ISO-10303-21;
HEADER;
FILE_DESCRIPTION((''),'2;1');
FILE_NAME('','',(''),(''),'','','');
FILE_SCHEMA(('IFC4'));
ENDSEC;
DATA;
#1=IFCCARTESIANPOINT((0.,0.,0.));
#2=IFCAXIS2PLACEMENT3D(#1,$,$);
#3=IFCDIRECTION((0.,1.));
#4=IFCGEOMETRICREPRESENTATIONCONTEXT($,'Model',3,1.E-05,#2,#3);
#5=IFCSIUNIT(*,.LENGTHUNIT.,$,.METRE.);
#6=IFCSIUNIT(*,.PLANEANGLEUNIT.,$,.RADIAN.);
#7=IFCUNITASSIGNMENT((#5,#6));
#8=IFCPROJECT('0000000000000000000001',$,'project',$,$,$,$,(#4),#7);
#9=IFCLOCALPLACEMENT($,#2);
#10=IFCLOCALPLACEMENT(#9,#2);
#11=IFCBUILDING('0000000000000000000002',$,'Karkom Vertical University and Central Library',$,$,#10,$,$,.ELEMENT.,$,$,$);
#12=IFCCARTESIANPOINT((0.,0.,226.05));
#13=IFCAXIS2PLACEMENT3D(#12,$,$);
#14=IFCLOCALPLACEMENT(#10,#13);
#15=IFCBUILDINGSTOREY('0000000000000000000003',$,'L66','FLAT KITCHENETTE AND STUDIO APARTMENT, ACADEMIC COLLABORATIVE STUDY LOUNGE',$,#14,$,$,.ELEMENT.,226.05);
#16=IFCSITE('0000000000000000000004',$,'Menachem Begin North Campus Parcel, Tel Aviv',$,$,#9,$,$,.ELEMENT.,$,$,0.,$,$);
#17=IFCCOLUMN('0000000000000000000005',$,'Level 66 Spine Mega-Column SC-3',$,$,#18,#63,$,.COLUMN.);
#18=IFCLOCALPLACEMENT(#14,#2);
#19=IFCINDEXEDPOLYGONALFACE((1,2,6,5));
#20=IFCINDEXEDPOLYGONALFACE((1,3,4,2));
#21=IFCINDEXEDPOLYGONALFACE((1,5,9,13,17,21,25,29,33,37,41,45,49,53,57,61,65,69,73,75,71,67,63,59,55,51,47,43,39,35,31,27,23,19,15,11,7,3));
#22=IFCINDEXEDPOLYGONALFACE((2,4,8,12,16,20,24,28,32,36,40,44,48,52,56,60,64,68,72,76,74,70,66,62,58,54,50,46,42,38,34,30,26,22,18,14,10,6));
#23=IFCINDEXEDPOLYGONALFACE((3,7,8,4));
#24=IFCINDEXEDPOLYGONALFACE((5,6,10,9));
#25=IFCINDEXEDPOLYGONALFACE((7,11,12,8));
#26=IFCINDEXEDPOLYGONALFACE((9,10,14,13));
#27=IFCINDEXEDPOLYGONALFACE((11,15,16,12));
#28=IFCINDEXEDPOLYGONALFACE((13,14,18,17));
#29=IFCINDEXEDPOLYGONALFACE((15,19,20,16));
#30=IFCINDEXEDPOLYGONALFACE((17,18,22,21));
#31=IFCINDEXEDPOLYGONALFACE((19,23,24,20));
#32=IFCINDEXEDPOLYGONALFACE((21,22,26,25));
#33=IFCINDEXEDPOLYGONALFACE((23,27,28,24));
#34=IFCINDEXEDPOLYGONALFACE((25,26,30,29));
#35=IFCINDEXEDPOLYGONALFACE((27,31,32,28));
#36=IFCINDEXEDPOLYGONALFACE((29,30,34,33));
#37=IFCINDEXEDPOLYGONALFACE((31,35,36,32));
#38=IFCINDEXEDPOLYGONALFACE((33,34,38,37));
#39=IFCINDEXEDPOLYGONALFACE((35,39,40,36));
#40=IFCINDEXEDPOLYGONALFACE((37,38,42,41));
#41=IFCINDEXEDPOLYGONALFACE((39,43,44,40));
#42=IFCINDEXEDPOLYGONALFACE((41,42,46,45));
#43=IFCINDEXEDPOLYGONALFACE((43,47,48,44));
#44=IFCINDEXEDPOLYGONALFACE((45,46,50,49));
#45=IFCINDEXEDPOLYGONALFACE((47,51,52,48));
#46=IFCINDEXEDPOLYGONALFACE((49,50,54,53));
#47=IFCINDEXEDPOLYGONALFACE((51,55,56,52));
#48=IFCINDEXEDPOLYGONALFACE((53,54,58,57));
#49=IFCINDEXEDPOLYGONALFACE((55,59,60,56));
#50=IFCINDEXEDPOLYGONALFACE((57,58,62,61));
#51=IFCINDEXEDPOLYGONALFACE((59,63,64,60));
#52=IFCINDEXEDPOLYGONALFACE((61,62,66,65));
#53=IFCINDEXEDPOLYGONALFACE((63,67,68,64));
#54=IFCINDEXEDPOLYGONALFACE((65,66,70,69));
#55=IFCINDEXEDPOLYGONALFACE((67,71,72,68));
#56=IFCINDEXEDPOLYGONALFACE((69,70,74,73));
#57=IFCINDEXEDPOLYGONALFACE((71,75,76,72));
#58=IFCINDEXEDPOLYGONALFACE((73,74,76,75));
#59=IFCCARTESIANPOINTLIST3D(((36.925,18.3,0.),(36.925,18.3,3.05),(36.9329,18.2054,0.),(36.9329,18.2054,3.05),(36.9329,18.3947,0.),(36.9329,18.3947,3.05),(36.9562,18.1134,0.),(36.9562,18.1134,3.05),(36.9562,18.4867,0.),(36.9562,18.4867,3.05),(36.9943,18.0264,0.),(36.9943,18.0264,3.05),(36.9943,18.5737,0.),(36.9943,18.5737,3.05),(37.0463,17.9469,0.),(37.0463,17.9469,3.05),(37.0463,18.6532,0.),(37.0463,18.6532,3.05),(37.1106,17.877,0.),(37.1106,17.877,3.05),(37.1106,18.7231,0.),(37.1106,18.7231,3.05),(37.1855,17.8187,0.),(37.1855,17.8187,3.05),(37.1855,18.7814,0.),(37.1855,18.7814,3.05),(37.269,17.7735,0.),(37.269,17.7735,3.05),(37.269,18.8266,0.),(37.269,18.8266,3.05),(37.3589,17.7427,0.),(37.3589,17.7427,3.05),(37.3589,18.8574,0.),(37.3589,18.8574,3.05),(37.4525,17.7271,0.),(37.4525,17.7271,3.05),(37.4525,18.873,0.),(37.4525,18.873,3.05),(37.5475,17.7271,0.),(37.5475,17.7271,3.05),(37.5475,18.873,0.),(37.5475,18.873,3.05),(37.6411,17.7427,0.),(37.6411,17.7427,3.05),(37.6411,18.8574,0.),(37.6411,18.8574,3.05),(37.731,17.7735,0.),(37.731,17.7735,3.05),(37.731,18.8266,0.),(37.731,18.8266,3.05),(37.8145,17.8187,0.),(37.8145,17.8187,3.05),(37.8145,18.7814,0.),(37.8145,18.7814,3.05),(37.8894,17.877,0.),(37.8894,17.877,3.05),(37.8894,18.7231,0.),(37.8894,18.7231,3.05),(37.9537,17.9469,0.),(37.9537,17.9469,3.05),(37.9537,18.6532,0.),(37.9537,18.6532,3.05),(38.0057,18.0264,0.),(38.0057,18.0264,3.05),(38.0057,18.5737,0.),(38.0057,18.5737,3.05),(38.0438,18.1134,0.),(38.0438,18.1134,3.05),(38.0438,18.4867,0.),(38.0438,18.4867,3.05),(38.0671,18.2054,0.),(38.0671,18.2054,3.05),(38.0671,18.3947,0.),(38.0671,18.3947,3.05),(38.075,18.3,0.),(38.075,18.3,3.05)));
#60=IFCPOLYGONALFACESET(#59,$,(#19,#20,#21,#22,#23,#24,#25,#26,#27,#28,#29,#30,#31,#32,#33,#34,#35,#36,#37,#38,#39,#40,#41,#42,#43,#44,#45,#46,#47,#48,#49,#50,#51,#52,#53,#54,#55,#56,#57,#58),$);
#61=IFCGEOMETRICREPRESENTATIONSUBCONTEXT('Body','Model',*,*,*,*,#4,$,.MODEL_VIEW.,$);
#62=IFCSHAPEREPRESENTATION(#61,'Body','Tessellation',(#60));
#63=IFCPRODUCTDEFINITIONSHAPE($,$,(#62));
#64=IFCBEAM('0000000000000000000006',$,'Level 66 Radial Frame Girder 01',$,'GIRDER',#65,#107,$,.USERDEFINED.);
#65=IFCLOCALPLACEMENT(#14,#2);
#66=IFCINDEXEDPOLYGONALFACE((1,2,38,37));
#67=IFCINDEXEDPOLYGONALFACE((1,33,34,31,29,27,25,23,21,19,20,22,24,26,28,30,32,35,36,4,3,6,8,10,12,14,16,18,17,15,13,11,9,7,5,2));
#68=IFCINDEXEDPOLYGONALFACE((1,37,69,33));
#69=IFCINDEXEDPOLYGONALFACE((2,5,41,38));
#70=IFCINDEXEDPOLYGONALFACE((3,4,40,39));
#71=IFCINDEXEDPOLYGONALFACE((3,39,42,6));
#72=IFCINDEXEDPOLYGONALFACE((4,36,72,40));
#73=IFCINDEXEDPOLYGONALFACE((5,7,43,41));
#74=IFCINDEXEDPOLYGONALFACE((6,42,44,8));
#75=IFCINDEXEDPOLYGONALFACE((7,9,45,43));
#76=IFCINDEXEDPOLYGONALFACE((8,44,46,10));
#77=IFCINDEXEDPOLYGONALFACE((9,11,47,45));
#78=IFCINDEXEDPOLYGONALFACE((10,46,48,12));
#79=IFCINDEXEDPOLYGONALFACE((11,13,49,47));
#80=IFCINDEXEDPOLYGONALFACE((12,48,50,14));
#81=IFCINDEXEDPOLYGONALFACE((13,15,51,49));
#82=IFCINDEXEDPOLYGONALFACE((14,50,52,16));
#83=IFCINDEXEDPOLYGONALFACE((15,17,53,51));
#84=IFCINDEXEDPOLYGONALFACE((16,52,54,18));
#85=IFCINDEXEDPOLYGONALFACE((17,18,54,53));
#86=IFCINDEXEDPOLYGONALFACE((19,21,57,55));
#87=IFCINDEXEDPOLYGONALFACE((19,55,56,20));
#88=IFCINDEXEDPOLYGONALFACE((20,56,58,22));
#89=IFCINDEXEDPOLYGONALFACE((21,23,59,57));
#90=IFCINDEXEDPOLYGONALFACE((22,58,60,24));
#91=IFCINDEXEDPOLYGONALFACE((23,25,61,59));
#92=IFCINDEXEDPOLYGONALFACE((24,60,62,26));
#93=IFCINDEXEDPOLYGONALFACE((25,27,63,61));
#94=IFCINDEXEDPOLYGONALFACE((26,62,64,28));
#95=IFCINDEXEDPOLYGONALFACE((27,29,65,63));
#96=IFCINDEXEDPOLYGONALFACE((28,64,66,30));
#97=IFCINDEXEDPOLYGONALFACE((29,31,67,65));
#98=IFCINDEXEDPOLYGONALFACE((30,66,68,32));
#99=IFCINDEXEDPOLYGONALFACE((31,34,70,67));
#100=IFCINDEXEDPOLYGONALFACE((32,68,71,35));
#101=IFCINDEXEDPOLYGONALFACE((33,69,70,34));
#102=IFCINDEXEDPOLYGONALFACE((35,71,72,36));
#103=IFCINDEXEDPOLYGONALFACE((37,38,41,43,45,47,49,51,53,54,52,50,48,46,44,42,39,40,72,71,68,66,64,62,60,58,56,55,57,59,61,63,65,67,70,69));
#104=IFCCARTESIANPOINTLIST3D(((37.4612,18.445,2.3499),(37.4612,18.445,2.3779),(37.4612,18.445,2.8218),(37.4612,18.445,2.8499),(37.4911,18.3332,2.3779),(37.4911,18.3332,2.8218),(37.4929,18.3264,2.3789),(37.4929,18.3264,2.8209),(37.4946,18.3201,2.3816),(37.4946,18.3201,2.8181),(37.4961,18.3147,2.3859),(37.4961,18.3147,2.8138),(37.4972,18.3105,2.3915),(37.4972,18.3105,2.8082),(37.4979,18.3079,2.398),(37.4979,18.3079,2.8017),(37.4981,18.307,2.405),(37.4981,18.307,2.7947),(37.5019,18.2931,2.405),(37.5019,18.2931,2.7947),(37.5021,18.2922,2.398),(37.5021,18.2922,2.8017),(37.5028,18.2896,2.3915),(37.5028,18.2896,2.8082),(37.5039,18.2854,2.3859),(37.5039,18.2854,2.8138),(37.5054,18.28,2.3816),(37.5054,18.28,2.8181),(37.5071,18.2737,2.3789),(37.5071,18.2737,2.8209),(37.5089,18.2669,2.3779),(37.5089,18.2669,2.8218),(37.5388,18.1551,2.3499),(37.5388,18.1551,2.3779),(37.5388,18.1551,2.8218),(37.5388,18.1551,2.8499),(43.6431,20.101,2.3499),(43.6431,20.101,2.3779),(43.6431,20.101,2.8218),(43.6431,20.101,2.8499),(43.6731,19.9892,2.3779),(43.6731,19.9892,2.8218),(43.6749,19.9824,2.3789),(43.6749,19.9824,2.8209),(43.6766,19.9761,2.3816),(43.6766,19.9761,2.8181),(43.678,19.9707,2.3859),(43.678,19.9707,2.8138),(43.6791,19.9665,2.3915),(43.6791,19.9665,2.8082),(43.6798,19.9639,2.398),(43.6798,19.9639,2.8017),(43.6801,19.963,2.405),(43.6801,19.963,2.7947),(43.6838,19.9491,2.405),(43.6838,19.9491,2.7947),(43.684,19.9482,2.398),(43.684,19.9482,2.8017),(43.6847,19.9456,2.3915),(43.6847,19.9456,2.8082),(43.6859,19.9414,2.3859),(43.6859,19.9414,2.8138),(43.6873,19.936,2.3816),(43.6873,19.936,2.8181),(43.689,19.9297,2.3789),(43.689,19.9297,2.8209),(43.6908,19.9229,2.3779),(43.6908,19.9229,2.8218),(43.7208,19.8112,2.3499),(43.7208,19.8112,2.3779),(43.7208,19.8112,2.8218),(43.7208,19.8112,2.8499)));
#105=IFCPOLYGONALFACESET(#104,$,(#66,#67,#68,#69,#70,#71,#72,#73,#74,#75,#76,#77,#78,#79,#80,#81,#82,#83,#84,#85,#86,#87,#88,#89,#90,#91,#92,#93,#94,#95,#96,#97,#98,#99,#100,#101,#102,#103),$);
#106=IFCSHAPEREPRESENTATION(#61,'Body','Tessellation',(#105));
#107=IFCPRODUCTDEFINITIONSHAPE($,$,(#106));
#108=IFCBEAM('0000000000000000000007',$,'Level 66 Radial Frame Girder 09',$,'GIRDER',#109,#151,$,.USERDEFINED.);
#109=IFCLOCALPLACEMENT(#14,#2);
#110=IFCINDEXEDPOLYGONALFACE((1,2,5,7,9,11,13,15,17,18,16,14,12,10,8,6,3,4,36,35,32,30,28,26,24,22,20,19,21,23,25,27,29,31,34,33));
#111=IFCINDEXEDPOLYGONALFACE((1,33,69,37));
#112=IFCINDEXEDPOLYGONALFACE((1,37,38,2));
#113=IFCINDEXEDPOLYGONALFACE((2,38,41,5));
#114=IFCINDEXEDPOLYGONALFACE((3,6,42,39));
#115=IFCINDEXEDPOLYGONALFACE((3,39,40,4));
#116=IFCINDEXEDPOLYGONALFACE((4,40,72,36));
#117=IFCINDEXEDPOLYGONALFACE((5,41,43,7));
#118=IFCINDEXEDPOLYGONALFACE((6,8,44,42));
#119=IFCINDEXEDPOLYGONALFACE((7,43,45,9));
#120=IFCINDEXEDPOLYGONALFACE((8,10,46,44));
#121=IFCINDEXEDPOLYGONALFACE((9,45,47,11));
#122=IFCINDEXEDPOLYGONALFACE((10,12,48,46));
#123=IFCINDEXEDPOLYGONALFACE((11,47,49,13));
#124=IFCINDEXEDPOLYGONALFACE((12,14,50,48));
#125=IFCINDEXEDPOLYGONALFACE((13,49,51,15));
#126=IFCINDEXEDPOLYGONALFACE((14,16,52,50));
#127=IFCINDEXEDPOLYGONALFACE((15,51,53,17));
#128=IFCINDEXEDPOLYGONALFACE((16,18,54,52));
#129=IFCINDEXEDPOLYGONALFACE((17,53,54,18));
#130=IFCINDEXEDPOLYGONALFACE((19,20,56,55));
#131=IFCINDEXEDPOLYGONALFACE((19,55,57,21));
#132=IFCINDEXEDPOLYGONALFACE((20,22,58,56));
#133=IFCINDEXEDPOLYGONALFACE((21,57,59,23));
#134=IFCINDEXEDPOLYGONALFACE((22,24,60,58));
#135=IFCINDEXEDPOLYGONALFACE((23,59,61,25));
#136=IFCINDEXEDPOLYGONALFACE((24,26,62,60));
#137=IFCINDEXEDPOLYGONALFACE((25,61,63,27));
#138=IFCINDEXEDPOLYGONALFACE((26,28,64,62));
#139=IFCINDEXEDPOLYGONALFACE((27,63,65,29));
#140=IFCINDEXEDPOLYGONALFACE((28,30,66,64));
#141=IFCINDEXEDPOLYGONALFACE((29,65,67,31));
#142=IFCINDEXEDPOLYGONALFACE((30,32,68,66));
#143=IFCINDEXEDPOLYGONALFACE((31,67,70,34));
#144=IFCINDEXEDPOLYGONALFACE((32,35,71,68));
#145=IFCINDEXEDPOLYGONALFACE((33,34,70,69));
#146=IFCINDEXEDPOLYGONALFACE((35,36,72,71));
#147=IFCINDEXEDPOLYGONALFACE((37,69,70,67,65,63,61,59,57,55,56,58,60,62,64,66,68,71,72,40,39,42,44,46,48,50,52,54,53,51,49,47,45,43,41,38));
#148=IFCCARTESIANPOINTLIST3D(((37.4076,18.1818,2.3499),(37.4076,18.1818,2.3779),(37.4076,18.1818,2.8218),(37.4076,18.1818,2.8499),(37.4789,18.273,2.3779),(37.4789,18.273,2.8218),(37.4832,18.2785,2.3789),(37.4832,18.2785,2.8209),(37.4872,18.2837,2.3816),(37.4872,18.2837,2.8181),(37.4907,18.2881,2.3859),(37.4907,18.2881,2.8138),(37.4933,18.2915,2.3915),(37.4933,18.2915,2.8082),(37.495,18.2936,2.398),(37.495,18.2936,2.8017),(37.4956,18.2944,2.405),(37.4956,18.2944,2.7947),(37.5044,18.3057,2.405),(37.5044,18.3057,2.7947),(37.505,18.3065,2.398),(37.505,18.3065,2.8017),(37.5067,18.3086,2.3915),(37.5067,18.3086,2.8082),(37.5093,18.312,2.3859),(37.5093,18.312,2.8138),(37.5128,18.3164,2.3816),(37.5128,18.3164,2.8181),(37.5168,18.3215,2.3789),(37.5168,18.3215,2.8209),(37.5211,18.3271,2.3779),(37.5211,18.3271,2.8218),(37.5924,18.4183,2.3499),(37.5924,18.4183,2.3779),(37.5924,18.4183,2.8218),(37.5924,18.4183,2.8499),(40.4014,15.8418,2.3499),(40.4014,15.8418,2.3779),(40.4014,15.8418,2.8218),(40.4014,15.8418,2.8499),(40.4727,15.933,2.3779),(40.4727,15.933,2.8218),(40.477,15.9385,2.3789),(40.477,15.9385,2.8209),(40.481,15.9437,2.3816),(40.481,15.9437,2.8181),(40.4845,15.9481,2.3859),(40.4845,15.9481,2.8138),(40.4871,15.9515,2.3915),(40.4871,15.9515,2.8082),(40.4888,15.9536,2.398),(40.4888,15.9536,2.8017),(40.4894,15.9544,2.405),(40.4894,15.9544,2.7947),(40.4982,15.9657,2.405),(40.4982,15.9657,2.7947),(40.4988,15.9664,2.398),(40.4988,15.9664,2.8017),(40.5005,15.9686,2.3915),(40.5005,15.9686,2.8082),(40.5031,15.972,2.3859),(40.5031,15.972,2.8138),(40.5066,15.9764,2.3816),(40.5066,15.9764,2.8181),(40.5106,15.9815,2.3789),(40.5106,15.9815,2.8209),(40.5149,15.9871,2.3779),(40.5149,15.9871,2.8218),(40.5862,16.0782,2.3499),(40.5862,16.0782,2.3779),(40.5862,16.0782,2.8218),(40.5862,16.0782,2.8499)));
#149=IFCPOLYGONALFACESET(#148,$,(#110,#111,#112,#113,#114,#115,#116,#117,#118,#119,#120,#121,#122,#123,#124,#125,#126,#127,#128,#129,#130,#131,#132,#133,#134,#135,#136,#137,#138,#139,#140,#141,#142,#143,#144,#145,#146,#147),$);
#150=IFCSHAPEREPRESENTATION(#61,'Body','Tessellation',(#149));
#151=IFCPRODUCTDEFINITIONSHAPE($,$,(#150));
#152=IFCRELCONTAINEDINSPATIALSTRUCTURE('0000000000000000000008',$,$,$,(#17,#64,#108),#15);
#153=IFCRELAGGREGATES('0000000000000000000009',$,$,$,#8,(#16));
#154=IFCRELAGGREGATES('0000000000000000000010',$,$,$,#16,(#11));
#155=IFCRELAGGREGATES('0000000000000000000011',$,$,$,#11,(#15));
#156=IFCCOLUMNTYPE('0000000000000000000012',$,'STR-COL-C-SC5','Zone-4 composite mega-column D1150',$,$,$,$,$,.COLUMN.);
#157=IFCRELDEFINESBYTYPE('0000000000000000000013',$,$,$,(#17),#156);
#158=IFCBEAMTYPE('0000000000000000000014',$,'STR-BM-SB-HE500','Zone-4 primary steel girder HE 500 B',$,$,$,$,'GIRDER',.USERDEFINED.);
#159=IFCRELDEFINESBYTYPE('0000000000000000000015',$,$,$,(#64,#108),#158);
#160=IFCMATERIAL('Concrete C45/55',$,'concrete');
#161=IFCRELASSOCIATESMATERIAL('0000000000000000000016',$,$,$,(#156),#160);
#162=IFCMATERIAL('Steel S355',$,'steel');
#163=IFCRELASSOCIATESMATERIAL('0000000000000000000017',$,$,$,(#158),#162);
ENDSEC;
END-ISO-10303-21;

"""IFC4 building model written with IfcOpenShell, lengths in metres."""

from ifc_helpers import new_model, si_unit, direction, frame, origin, origin_with_axes, origin_2d, place, context, subcontext, project, spatial, circle, i_section, extrude, source, transform, mapped, material, material_profile, profile_set, type_object, element, save


model = new_model("IFC4")

# Units and contexts
model_context = context("Model", 3, precision=1e-05, world=origin(), true_north=direction((0.0, 1.0)))
body_context = subcontext(model_context, "Body", "Model", "MODEL_VIEW")
ifc_project = project(units=[si_unit("LENGTHUNIT", "METRE"), si_unit("PLANEANGLEUNIT", "RADIAN")], contexts=[model_context])

# Site, building, storey
site_placement = place(None, origin())
site = spatial("IfcSite", under=ifc_project, at=site_placement, Name="Menachem Begin North Campus Parcel, Tel Aviv", CompositionType="ELEMENT", RefElevation=0.0)
building_placement = place(site_placement, origin())
building = spatial("IfcBuilding", under=site, at=building_placement, Name="Karkom Vertical University and Central Library", CompositionType="ELEMENT")
storey_placement = place(building_placement, frame((0.0, 0.0, 226.05)))
storey = spatial("IfcBuildingStorey", under=building, at=storey_placement, Name="L66", Description="FLAT KITCHENETTE AND STUDIO APARTMENT, ACADEMIC COLLABORATIVE STUDY LOUNGE", CompositionType="ELEMENT", Elevation=226.05)

# Column
ifc_material_1 = material(Name="Concrete C45/55", Category="concrete")
ifc_material_profile_1 = material_profile(ifc_material_1, circle(Radius=0.575, at=origin_2d()), Name="CFT-D1150")
ifc_profile_set_1 = profile_set([ifc_material_profile_1], Name="Concrete C45/55")
column_type = type_object("IfcColumnType", Name="STR-COL-C-SC5", Description="Zone-4 composite mega-column D1150", PredefinedType="COLUMN", material=ifc_profile_set_1)
shared_shape_1 = source(origin_with_axes(), body_context, "Body", "SweptSolid", [
    extrude(circle(Radius=0.575, at=origin_2d()), origin(), (0.0, 0.0, 1.0), 3.05),
])
column_placement = place(storey_placement, frame((37.5, 18.3, 0.0), z_axis=(0.0, 0.0, 1.0), x_axis=(1.0, 0.0, 0.0)))
element("IfcColumn", 1, at=column_placement, inside=storey, type_object=column_type, Name="Level 66 Spine Mega-Column SC-3", PredefinedType="COLUMN", context=body_context, shape_type="MappedRepresentation", body=[
    mapped(shared_shape_1, transform((0.0, 0.0, 0.0), scale=1.0)),
])

# Beams
ifc_material_2 = material(Name="Steel S355", Category="steel")
ifc_material_profile_2 = material_profile(ifc_material_2, i_section(OverallWidth=0.3, OverallDepth=0.5, WebThickness=0.0144, FlangeThickness=0.0281, FilletRadius=0.0271, at=origin_2d()), Name="HE 500 B")
ifc_profile_set_2 = profile_set([ifc_material_profile_2], Name="Steel S355")
beam_type = type_object("IfcBeamType", Name="STR-BM-SB-HE500", Description="Zone-4 primary steel girder HE 500 B", ElementType="GIRDER", PredefinedType="USERDEFINED", material=ifc_profile_set_2)
shared_shape_2 = source(origin_with_axes(), body_context, "Body", "SweptSolid", [
    extrude(i_section(OverallWidth=0.3, OverallDepth=0.5, WebThickness=0.0144, FlangeThickness=0.0281, FilletRadius=0.0271, at=origin_2d()), origin(), (0.0, 0.0, 1.0), 6.3999),
])
beam_1_placement = place(storey_placement, frame((37.5, 18.3, 2.5999), z_axis=(0.965942, 0.258757, 0.0), x_axis=(-0.258757, 0.965942, 0.0)))
element("IfcBeam", 2, at=beam_1_placement, inside=storey, type_object=beam_type, Name="Level 66 Radial Frame Girder 01", ObjectType="GIRDER", PredefinedType="USERDEFINED", context=body_context, shape_type="MappedRepresentation", body=[
    mapped(shared_shape_2, transform((0.0, 0.0, 0.0), scale=1.0)),
])
shared_shape_3 = source(origin_with_axes(), body_context, "Body", "SweptSolid", [
    extrude(i_section(OverallWidth=0.3, OverallDepth=0.5, WebThickness=0.0144, FlangeThickness=0.0281, FilletRadius=0.0271, at=origin_2d()), origin(), (0.0, 0.0, 1.0), 3.7998),
])
beam_2_placement = place(storey_placement, frame((37.5, 18.3, 2.5999), z_axis=(0.787883, -0.615825, 0.0), x_axis=(0.615825, 0.787883, 0.0)))
element("IfcBeam", 3, at=beam_2_placement, inside=storey, type_object=beam_type, Name="Level 66 Radial Frame Girder 09", ObjectType="GIRDER", PredefinedType="USERDEFINED", context=body_context, shape_type="MappedRepresentation", body=[
    mapped(shared_shape_3, transform((0.0, 0.0, 0.0), scale=1.0)),
])

save(model, "model.ifc")
